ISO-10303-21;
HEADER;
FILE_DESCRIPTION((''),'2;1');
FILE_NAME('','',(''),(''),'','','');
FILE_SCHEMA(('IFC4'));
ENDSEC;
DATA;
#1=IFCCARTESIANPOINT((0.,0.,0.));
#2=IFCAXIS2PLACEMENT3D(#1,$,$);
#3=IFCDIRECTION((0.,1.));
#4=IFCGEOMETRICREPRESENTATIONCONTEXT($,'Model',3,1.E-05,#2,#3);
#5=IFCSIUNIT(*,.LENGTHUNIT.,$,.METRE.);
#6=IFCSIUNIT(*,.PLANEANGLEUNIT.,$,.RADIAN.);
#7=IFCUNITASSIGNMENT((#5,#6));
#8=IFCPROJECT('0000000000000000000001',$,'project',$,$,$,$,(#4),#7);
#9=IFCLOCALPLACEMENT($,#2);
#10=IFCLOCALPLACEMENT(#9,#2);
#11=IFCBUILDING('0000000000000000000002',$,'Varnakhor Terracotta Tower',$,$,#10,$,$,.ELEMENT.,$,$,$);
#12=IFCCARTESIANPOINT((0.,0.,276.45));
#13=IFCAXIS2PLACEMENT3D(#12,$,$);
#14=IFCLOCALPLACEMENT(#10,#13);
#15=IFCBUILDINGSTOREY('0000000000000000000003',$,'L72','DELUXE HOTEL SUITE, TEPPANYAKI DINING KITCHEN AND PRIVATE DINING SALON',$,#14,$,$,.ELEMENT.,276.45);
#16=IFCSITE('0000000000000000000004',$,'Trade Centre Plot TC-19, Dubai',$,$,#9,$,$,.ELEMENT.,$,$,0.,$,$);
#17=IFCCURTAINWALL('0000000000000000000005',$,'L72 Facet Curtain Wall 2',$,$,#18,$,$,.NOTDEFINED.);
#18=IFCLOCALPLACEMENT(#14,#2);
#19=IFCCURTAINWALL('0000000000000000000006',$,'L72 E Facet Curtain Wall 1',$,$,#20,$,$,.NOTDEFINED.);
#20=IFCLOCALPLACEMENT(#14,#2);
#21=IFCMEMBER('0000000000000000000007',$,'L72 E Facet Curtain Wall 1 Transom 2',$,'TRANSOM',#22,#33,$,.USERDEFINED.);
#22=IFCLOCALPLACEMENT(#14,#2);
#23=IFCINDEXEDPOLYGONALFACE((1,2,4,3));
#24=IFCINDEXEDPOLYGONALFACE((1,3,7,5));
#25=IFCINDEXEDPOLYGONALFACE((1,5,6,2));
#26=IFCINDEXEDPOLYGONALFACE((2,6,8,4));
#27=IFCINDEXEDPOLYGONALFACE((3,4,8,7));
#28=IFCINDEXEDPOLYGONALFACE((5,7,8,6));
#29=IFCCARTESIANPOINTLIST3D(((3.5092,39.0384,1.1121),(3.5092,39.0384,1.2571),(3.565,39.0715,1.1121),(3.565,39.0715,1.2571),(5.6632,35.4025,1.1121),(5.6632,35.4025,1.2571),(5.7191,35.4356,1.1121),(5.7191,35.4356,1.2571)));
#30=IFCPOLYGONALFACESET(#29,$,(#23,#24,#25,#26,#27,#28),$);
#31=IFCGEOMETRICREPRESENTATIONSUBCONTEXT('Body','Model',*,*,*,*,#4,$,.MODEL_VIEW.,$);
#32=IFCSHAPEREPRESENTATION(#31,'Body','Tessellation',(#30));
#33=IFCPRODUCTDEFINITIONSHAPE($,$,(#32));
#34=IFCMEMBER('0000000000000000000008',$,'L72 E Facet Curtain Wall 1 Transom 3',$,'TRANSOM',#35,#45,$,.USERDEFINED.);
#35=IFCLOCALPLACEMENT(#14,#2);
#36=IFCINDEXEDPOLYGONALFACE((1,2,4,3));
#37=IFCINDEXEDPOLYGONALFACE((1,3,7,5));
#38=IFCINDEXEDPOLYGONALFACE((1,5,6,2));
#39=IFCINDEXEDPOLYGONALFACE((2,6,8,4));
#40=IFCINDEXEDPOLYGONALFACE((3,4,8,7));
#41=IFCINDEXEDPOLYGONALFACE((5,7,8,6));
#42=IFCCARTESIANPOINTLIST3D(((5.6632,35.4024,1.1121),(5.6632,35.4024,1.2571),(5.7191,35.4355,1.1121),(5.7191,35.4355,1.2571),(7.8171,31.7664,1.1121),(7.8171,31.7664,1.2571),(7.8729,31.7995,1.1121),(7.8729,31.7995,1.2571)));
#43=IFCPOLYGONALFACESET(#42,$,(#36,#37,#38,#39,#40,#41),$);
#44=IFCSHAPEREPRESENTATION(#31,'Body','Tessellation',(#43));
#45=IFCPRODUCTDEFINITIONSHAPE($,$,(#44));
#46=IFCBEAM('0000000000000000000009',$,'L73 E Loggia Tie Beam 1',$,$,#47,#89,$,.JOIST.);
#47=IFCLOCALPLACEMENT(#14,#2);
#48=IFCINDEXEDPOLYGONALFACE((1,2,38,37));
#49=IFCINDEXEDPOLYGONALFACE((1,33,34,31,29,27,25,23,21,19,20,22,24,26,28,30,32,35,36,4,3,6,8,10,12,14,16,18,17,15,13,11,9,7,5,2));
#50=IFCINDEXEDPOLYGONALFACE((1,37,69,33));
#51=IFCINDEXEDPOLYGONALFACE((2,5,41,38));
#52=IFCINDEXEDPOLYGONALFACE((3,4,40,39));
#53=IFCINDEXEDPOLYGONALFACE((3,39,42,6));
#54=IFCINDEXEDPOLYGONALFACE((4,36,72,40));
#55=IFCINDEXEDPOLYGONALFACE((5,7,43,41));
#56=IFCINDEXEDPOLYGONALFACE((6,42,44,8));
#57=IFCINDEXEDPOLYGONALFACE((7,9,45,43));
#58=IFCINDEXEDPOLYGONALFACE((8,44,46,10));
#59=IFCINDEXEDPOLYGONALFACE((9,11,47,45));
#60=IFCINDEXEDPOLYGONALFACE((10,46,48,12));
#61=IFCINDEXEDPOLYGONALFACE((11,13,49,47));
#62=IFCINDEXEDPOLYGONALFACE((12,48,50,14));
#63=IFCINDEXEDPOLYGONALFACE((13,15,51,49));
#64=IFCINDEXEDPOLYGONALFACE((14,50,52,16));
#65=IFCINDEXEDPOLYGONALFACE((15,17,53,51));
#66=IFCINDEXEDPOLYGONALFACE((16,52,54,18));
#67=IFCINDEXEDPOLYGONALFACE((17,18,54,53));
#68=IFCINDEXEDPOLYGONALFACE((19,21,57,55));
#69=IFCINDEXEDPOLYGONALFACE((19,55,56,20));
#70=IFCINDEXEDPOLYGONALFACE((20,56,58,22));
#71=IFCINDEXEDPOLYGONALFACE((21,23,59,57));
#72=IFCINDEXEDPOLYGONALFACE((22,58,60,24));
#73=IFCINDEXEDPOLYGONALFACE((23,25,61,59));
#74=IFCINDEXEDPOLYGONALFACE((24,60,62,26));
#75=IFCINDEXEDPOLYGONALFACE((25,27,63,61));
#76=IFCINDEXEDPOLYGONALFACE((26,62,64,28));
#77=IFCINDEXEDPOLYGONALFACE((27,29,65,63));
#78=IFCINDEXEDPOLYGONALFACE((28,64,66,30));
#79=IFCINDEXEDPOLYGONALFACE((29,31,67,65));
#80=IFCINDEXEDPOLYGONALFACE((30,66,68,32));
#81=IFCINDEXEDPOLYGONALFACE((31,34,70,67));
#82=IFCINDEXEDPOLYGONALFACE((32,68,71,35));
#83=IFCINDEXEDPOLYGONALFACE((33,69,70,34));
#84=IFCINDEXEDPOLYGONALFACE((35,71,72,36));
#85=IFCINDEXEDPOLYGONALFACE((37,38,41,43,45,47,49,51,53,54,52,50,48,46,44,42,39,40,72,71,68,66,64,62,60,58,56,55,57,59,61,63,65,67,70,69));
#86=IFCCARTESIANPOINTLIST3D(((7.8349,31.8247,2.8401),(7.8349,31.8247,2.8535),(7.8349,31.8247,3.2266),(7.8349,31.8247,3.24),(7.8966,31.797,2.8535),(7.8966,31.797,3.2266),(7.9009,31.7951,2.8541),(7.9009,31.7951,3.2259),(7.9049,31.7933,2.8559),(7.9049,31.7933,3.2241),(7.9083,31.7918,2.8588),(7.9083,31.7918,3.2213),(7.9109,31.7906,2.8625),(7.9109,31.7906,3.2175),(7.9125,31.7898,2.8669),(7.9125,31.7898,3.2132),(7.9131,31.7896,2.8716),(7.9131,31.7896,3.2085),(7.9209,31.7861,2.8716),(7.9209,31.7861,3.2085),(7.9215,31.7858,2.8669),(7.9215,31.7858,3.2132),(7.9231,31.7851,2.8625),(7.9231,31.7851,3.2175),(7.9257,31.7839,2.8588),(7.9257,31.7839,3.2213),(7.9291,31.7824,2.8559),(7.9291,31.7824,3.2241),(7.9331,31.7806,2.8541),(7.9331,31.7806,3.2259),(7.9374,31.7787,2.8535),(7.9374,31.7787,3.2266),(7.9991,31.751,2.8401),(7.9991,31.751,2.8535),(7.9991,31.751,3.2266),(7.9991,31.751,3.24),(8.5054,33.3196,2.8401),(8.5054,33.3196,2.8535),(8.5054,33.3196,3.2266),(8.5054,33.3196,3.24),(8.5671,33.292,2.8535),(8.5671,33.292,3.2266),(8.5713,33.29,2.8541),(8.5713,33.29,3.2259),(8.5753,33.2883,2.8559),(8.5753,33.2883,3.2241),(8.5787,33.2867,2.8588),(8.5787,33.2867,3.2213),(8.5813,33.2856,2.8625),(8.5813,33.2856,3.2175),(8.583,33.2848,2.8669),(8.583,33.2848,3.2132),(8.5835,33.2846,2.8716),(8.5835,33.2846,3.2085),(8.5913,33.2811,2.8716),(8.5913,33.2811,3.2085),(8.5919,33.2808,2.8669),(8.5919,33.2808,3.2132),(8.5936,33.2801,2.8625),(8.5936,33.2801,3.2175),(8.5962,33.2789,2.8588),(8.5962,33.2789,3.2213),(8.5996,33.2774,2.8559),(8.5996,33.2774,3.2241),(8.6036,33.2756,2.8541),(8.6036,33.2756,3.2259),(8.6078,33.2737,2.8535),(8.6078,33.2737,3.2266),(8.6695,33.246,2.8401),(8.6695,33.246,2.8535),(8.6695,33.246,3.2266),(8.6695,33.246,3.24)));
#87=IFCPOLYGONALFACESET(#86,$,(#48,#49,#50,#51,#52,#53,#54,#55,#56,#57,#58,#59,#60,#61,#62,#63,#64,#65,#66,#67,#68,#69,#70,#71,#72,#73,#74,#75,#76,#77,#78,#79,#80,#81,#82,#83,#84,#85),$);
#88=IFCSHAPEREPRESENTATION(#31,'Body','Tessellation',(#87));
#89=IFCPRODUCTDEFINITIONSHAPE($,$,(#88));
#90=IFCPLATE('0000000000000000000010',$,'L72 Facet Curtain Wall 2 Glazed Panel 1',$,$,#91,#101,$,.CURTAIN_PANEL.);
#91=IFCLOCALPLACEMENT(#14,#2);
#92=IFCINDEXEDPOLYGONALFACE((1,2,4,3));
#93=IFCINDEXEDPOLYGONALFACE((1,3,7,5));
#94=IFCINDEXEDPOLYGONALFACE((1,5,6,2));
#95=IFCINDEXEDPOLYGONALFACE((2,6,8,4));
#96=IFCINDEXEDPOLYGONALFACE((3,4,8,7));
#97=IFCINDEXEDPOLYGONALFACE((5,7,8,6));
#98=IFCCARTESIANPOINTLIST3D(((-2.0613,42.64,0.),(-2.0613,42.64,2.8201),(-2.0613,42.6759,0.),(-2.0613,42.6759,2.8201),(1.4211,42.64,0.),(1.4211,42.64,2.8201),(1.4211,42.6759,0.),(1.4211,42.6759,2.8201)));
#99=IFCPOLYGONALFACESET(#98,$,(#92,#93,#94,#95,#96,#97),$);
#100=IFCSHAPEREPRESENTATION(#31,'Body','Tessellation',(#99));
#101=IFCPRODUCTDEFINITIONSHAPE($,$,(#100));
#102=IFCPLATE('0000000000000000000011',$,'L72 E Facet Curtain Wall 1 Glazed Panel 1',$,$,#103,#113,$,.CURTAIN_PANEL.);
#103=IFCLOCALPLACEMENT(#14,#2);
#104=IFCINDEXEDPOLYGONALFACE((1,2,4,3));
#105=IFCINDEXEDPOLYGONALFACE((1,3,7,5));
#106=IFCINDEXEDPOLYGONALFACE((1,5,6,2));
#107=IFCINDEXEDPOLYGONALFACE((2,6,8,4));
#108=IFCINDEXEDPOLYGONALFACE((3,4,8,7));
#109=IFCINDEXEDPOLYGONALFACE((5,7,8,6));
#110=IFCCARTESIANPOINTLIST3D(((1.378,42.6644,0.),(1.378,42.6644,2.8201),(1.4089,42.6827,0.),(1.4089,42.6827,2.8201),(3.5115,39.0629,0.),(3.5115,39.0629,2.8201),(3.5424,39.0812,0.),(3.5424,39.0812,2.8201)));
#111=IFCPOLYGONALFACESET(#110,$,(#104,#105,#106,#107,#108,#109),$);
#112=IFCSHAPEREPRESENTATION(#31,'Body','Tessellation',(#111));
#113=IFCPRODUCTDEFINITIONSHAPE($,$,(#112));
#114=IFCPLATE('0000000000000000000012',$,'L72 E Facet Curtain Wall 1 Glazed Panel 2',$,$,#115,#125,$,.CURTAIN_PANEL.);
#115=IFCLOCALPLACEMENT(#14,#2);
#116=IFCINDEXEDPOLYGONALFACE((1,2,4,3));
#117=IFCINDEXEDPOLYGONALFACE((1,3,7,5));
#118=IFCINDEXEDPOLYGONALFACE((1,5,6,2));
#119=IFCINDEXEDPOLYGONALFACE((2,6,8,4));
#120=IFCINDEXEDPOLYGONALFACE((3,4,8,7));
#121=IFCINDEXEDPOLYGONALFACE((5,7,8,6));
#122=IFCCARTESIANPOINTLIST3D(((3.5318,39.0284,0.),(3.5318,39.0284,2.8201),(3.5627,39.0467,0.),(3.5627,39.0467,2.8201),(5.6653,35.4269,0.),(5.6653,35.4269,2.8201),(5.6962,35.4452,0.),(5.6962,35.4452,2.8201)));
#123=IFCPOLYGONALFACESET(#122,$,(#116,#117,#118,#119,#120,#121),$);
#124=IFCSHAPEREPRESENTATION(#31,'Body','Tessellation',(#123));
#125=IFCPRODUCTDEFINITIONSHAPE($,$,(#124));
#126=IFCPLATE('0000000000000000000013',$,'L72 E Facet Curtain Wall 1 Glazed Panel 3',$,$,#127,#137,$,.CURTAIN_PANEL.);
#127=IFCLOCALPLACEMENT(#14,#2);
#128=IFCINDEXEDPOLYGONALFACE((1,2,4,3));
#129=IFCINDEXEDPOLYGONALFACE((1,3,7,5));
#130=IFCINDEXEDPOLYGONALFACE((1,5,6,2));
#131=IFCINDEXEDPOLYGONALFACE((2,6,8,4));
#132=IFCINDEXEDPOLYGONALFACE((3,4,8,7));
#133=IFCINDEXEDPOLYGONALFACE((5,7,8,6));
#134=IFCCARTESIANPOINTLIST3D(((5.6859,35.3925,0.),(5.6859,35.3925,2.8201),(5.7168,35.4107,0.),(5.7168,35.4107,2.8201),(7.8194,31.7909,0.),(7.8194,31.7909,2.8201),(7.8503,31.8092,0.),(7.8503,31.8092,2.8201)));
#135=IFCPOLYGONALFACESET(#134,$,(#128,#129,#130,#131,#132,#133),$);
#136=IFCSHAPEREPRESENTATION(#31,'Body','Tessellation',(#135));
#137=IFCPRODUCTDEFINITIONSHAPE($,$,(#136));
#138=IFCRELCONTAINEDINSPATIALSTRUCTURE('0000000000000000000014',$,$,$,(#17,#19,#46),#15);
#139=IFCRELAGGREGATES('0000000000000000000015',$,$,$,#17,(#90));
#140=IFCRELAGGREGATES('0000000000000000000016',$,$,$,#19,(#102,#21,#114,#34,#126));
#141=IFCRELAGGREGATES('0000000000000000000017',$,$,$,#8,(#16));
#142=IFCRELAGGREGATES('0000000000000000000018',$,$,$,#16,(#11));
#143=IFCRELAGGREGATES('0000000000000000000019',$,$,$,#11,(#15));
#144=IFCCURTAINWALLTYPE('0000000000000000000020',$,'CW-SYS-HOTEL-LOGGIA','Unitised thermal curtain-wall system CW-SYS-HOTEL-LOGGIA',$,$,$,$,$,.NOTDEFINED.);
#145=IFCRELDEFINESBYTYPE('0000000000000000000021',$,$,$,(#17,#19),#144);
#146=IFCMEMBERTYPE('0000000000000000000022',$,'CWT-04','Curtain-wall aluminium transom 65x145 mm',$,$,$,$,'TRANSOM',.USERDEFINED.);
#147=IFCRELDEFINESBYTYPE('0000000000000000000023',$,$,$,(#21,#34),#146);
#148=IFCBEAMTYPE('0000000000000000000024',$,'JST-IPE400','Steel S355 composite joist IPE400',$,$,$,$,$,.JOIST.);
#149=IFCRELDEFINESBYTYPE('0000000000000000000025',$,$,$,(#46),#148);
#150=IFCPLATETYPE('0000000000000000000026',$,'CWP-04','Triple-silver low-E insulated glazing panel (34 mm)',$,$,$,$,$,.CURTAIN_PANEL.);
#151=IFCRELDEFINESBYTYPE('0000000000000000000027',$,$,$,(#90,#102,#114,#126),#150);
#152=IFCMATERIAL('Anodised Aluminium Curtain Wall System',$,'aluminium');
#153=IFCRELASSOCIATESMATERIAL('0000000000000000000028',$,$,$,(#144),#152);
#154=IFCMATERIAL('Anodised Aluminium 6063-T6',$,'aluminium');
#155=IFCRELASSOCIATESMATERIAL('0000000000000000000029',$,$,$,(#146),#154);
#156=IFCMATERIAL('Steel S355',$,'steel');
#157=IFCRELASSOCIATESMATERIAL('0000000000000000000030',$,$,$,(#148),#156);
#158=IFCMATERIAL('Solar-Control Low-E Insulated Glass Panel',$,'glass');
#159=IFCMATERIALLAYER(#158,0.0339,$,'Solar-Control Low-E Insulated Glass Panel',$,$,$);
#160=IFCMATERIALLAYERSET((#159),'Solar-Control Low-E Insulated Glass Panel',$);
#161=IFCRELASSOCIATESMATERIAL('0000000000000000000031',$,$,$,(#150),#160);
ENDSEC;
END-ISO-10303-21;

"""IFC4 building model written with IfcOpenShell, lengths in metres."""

from ifc_helpers import new_model, si_unit, direction, frame, origin, origin_2d, place, context, subcontext, project, spatial, rectangle, i_section, extrude, source, transform, mapped, material, layer, layer_set, material_profile, profile_set, type_object, element, aggregate, save


model = new_model("IFC4")

# Units and contexts
model_context = context("Model", 3, precision=1e-05, world=origin(), true_north=direction((0.0, 1.0)))
body_context = subcontext(model_context, "Body", "Model", "MODEL_VIEW")
ifc_project = project(units=[si_unit("LENGTHUNIT", "METRE"), si_unit("PLANEANGLEUNIT", "RADIAN")], contexts=[model_context])

# Site, building, storey
site_placement = place(None, origin())
site = spatial("IfcSite", under=ifc_project, at=site_placement, Name="Trade Centre Plot TC-19, Dubai", CompositionType="ELEMENT", RefElevation=0.0)
building_placement = place(site_placement, origin())
building = spatial("IfcBuilding", under=site, at=building_placement, Name="Varnakhor Terracotta Tower", CompositionType="ELEMENT")
storey_placement = place(building_placement, frame((0.0, 0.0, 276.45)))
storey = spatial("IfcBuildingStorey", under=building, at=storey_placement, Name="L72", Description="DELUXE HOTEL SUITE, TEPPANYAKI DINING KITCHEN AND PRIVATE DINING SALON", CompositionType="ELEMENT", Elevation=276.45)

# Shared definitions
ifc_material_1 = material(Name="Steel S355", Category="steel")

# Curtain wall
ifc_material_2 = material(Name="Anodised Aluminium Curtain Wall System", Category="aluminium")
curtain_wall_type = type_object("IfcCurtainWallType", Name="CW-SYS-HOTEL-LOGGIA", Description="Unitised thermal curtain-wall system CW-SYS-HOTEL-LOGGIA", PredefinedType="NOTDEFINED", material=ifc_material_2)
curtain_wall_1_placement = place(storey_placement, origin())
curtain_wall_1 = element("IfcCurtainWall", 1, at=curtain_wall_1_placement, inside=storey, type_object=curtain_wall_type, Name="L72 Facet Curtain Wall 2", PredefinedType="NOTDEFINED")
ifc_material_3 = material(Name="Anodised Aluminium 6063-T6", Category="aluminium")

# Curtain wall
curtain_wall_2_placement = place(storey_placement, origin())
curtain_wall_2 = element("IfcCurtainWall", 2, at=curtain_wall_2_placement, inside=storey, type_object=curtain_wall_type, Name="L72 E Facet Curtain Wall 1", PredefinedType="NOTDEFINED")

# Members
ifc_material_profile_1 = material_profile(ifc_material_3, rectangle(XDim=0.0649, YDim=0.145, at=origin_2d()), Name="ALU TRANSOM 65x145")
ifc_profile_set_1 = profile_set([ifc_material_profile_1], Name="Anodised Aluminium 6063-T6")
member_type_1 = type_object("IfcMemberType", Name="CWT-04", Description="Curtain-wall aluminium transom 65x145 mm", ElementType="TRANSOM", PredefinedType="USERDEFINED", material=ifc_profile_set_1)
shared_shape_1 = source(origin(), body_context, "Body", "SweptSolid", [
    extrude(rectangle(XDim=0.0649, YDim=0.145, at=origin_2d()), origin(), (0.0, 0.0, 1.0), 4.2261),
])
member_1_placement = place(storey_placement, frame((3.5371, 39.0549, 1.1846), z_axis=(0.509696, -0.860354, 0.0), x_axis=(0.860354, 0.509696, 0.0)))
member_1 = element("IfcMember", 3, at=member_1_placement, type_object=member_type_1, Name="L72 E Facet Curtain Wall 1 Transom 2", ObjectType="TRANSOM", PredefinedType="USERDEFINED", context=body_context, shape_type="MappedRepresentation", body=[
    mapped(shared_shape_1, transform((0.0, 0.0, 0.0), scale=1.0)),
])
member_2_placement = place(storey_placement, frame((5.6912, 35.4189, 1.1846), z_axis=(0.509654, -0.86038, 0.0), x_axis=(0.86038, 0.509654, 0.0)))
member_2 = element("IfcMember", 4, at=member_2_placement, type_object=member_type_1, Name="L72 E Facet Curtain Wall 1 Transom 3", ObjectType="TRANSOM", PredefinedType="USERDEFINED", context=body_context, shape_type="MappedRepresentation", body=[
    mapped(shared_shape_1, transform((0.0, 0.0, 0.0), scale=1.0)),
])

# Beam
ifc_material_profile_2 = material_profile(ifc_material_1, i_section(OverallWidth=0.1799, OverallDepth=0.3999, WebThickness=0.0085, FlangeThickness=0.0134, FilletRadius=0.0181, at=origin_2d()), Name="IPE400")
ifc_profile_set_2 = profile_set([ifc_material_profile_2], Name="Steel S355")
beam_type_1 = type_object("IfcBeamType", Name="JST-IPE400", Description="Steel S355 composite joist IPE400", PredefinedType="JOIST", material=ifc_profile_set_2)
shared_shape_2 = source(origin(), body_context, "Body", "SweptSolid", [
    extrude(i_section(OverallWidth=0.1799, OverallDepth=0.3999, WebThickness=0.0085, FlangeThickness=0.0134, FilletRadius=0.0181, at=origin_2d()), origin(), (0.0, 0.0, 1.0), 1.6384),
])
beam_1_placement = place(storey_placement, frame((7.917, 31.7878, 3.04), z_axis=(0.409206, 0.912442, 0.0), x_axis=(-0.912442, 0.409206, 0.0)))
element("IfcBeam", 5, at=beam_1_placement, inside=storey, type_object=beam_type_1, Name="L73 E Loggia Tie Beam 1", PredefinedType="JOIST", context=body_context, shape_type="MappedRepresentation", body=[
    mapped(shared_shape_2, transform((0.0, 0.0, 0.0), scale=1.0)),
])

# Plates
ifc_material_4 = material(Name="Solar-Control Low-E Insulated Glass Panel", Category="glass")
ifc_layer_1 = layer(ifc_material_4, 0.0339, Name="Solar-Control Low-E Insulated Glass Panel")
ifc_layer_set_1 = layer_set([ifc_layer_1], Name="Solar-Control Low-E Insulated Glass Panel")
plate_type = type_object("IfcPlateType", Name="CWP-04", Description="Triple-silver low-E insulated glazing panel (34 mm)", PredefinedType="CURTAIN_PANEL", material=ifc_layer_set_1)
shared_shape_3 = source(origin(), body_context, "Body", "SweptSolid", [
    extrude(rectangle(XDim=3.4824, YDim=0.0359, at=origin_2d()), origin(), (0.0, 0.0, 1.0), 2.8201),
])
plate_1_placement = place(storey_placement, frame((-0.3201, 42.658, 0.0), z_axis=(0.0, 0.0, 1.0), x_axis=(1.0, 0.0, 0.0)))
plate_1 = element("IfcPlate", 6, at=plate_1_placement, type_object=plate_type, Name="L72 Facet Curtain Wall 2 Glazed Panel 1", PredefinedType="CURTAIN_PANEL", context=body_context, shape_type="MappedRepresentation", body=[
    mapped(shared_shape_3, transform((0.0, 0.0, 0.0), scale=1.0)),
])
aggregate(curtain_wall_1, [plate_1])
shared_shape_4 = source(origin(), body_context, "Body", "SweptSolid", [
    extrude(rectangle(XDim=4.186, YDim=0.0359, at=origin_2d()), origin(), (0.0, 0.0, 1.0), 2.8201),
])
plate_2_placement = place(storey_placement, frame((2.4602, 40.8728, 0.0), z_axis=(0.0, 0.0, 1.0), x_axis=(0.509672, -0.860369, 0.0)))
plate_2 = element("IfcPlate", 7, at=plate_2_placement, type_object=plate_type, Name="L72 E Facet Curtain Wall 1 Glazed Panel 1", PredefinedType="CURTAIN_PANEL", context=body_context, shape_type="MappedRepresentation", body=[
    mapped(shared_shape_4, transform((0.0, 0.0, 0.0), scale=1.0)),
])
plate_3_placement = place(storey_placement, frame((4.614, 37.2368, 0.0), z_axis=(0.0, 0.0, 1.0), x_axis=(0.509672, -0.860369, 0.0)))
plate_3 = element("IfcPlate", 8, at=plate_3_placement, type_object=plate_type, Name="L72 E Facet Curtain Wall 1 Glazed Panel 2", PredefinedType="CURTAIN_PANEL", context=body_context, shape_type="MappedRepresentation", body=[
    mapped(shared_shape_4, transform((0.0, 0.0, 0.0), scale=1.0)),
])
plate_4_placement = place(storey_placement, frame((6.7681, 33.6008, 0.0), z_axis=(0.0, 0.0, 1.0), x_axis=(0.509672, -0.860369, 0.0)))
plate_4 = element("IfcPlate", 9, at=plate_4_placement, type_object=plate_type, Name="L72 E Facet Curtain Wall 1 Glazed Panel 3", PredefinedType="CURTAIN_PANEL", context=body_context, shape_type="MappedRepresentation", body=[
    mapped(shared_shape_4, transform((0.0, 0.0, 0.0), scale=1.0)),
])
aggregate(curtain_wall_2, [plate_2, member_1, plate_3, member_2, plate_4])

save(model, "model.ifc")
